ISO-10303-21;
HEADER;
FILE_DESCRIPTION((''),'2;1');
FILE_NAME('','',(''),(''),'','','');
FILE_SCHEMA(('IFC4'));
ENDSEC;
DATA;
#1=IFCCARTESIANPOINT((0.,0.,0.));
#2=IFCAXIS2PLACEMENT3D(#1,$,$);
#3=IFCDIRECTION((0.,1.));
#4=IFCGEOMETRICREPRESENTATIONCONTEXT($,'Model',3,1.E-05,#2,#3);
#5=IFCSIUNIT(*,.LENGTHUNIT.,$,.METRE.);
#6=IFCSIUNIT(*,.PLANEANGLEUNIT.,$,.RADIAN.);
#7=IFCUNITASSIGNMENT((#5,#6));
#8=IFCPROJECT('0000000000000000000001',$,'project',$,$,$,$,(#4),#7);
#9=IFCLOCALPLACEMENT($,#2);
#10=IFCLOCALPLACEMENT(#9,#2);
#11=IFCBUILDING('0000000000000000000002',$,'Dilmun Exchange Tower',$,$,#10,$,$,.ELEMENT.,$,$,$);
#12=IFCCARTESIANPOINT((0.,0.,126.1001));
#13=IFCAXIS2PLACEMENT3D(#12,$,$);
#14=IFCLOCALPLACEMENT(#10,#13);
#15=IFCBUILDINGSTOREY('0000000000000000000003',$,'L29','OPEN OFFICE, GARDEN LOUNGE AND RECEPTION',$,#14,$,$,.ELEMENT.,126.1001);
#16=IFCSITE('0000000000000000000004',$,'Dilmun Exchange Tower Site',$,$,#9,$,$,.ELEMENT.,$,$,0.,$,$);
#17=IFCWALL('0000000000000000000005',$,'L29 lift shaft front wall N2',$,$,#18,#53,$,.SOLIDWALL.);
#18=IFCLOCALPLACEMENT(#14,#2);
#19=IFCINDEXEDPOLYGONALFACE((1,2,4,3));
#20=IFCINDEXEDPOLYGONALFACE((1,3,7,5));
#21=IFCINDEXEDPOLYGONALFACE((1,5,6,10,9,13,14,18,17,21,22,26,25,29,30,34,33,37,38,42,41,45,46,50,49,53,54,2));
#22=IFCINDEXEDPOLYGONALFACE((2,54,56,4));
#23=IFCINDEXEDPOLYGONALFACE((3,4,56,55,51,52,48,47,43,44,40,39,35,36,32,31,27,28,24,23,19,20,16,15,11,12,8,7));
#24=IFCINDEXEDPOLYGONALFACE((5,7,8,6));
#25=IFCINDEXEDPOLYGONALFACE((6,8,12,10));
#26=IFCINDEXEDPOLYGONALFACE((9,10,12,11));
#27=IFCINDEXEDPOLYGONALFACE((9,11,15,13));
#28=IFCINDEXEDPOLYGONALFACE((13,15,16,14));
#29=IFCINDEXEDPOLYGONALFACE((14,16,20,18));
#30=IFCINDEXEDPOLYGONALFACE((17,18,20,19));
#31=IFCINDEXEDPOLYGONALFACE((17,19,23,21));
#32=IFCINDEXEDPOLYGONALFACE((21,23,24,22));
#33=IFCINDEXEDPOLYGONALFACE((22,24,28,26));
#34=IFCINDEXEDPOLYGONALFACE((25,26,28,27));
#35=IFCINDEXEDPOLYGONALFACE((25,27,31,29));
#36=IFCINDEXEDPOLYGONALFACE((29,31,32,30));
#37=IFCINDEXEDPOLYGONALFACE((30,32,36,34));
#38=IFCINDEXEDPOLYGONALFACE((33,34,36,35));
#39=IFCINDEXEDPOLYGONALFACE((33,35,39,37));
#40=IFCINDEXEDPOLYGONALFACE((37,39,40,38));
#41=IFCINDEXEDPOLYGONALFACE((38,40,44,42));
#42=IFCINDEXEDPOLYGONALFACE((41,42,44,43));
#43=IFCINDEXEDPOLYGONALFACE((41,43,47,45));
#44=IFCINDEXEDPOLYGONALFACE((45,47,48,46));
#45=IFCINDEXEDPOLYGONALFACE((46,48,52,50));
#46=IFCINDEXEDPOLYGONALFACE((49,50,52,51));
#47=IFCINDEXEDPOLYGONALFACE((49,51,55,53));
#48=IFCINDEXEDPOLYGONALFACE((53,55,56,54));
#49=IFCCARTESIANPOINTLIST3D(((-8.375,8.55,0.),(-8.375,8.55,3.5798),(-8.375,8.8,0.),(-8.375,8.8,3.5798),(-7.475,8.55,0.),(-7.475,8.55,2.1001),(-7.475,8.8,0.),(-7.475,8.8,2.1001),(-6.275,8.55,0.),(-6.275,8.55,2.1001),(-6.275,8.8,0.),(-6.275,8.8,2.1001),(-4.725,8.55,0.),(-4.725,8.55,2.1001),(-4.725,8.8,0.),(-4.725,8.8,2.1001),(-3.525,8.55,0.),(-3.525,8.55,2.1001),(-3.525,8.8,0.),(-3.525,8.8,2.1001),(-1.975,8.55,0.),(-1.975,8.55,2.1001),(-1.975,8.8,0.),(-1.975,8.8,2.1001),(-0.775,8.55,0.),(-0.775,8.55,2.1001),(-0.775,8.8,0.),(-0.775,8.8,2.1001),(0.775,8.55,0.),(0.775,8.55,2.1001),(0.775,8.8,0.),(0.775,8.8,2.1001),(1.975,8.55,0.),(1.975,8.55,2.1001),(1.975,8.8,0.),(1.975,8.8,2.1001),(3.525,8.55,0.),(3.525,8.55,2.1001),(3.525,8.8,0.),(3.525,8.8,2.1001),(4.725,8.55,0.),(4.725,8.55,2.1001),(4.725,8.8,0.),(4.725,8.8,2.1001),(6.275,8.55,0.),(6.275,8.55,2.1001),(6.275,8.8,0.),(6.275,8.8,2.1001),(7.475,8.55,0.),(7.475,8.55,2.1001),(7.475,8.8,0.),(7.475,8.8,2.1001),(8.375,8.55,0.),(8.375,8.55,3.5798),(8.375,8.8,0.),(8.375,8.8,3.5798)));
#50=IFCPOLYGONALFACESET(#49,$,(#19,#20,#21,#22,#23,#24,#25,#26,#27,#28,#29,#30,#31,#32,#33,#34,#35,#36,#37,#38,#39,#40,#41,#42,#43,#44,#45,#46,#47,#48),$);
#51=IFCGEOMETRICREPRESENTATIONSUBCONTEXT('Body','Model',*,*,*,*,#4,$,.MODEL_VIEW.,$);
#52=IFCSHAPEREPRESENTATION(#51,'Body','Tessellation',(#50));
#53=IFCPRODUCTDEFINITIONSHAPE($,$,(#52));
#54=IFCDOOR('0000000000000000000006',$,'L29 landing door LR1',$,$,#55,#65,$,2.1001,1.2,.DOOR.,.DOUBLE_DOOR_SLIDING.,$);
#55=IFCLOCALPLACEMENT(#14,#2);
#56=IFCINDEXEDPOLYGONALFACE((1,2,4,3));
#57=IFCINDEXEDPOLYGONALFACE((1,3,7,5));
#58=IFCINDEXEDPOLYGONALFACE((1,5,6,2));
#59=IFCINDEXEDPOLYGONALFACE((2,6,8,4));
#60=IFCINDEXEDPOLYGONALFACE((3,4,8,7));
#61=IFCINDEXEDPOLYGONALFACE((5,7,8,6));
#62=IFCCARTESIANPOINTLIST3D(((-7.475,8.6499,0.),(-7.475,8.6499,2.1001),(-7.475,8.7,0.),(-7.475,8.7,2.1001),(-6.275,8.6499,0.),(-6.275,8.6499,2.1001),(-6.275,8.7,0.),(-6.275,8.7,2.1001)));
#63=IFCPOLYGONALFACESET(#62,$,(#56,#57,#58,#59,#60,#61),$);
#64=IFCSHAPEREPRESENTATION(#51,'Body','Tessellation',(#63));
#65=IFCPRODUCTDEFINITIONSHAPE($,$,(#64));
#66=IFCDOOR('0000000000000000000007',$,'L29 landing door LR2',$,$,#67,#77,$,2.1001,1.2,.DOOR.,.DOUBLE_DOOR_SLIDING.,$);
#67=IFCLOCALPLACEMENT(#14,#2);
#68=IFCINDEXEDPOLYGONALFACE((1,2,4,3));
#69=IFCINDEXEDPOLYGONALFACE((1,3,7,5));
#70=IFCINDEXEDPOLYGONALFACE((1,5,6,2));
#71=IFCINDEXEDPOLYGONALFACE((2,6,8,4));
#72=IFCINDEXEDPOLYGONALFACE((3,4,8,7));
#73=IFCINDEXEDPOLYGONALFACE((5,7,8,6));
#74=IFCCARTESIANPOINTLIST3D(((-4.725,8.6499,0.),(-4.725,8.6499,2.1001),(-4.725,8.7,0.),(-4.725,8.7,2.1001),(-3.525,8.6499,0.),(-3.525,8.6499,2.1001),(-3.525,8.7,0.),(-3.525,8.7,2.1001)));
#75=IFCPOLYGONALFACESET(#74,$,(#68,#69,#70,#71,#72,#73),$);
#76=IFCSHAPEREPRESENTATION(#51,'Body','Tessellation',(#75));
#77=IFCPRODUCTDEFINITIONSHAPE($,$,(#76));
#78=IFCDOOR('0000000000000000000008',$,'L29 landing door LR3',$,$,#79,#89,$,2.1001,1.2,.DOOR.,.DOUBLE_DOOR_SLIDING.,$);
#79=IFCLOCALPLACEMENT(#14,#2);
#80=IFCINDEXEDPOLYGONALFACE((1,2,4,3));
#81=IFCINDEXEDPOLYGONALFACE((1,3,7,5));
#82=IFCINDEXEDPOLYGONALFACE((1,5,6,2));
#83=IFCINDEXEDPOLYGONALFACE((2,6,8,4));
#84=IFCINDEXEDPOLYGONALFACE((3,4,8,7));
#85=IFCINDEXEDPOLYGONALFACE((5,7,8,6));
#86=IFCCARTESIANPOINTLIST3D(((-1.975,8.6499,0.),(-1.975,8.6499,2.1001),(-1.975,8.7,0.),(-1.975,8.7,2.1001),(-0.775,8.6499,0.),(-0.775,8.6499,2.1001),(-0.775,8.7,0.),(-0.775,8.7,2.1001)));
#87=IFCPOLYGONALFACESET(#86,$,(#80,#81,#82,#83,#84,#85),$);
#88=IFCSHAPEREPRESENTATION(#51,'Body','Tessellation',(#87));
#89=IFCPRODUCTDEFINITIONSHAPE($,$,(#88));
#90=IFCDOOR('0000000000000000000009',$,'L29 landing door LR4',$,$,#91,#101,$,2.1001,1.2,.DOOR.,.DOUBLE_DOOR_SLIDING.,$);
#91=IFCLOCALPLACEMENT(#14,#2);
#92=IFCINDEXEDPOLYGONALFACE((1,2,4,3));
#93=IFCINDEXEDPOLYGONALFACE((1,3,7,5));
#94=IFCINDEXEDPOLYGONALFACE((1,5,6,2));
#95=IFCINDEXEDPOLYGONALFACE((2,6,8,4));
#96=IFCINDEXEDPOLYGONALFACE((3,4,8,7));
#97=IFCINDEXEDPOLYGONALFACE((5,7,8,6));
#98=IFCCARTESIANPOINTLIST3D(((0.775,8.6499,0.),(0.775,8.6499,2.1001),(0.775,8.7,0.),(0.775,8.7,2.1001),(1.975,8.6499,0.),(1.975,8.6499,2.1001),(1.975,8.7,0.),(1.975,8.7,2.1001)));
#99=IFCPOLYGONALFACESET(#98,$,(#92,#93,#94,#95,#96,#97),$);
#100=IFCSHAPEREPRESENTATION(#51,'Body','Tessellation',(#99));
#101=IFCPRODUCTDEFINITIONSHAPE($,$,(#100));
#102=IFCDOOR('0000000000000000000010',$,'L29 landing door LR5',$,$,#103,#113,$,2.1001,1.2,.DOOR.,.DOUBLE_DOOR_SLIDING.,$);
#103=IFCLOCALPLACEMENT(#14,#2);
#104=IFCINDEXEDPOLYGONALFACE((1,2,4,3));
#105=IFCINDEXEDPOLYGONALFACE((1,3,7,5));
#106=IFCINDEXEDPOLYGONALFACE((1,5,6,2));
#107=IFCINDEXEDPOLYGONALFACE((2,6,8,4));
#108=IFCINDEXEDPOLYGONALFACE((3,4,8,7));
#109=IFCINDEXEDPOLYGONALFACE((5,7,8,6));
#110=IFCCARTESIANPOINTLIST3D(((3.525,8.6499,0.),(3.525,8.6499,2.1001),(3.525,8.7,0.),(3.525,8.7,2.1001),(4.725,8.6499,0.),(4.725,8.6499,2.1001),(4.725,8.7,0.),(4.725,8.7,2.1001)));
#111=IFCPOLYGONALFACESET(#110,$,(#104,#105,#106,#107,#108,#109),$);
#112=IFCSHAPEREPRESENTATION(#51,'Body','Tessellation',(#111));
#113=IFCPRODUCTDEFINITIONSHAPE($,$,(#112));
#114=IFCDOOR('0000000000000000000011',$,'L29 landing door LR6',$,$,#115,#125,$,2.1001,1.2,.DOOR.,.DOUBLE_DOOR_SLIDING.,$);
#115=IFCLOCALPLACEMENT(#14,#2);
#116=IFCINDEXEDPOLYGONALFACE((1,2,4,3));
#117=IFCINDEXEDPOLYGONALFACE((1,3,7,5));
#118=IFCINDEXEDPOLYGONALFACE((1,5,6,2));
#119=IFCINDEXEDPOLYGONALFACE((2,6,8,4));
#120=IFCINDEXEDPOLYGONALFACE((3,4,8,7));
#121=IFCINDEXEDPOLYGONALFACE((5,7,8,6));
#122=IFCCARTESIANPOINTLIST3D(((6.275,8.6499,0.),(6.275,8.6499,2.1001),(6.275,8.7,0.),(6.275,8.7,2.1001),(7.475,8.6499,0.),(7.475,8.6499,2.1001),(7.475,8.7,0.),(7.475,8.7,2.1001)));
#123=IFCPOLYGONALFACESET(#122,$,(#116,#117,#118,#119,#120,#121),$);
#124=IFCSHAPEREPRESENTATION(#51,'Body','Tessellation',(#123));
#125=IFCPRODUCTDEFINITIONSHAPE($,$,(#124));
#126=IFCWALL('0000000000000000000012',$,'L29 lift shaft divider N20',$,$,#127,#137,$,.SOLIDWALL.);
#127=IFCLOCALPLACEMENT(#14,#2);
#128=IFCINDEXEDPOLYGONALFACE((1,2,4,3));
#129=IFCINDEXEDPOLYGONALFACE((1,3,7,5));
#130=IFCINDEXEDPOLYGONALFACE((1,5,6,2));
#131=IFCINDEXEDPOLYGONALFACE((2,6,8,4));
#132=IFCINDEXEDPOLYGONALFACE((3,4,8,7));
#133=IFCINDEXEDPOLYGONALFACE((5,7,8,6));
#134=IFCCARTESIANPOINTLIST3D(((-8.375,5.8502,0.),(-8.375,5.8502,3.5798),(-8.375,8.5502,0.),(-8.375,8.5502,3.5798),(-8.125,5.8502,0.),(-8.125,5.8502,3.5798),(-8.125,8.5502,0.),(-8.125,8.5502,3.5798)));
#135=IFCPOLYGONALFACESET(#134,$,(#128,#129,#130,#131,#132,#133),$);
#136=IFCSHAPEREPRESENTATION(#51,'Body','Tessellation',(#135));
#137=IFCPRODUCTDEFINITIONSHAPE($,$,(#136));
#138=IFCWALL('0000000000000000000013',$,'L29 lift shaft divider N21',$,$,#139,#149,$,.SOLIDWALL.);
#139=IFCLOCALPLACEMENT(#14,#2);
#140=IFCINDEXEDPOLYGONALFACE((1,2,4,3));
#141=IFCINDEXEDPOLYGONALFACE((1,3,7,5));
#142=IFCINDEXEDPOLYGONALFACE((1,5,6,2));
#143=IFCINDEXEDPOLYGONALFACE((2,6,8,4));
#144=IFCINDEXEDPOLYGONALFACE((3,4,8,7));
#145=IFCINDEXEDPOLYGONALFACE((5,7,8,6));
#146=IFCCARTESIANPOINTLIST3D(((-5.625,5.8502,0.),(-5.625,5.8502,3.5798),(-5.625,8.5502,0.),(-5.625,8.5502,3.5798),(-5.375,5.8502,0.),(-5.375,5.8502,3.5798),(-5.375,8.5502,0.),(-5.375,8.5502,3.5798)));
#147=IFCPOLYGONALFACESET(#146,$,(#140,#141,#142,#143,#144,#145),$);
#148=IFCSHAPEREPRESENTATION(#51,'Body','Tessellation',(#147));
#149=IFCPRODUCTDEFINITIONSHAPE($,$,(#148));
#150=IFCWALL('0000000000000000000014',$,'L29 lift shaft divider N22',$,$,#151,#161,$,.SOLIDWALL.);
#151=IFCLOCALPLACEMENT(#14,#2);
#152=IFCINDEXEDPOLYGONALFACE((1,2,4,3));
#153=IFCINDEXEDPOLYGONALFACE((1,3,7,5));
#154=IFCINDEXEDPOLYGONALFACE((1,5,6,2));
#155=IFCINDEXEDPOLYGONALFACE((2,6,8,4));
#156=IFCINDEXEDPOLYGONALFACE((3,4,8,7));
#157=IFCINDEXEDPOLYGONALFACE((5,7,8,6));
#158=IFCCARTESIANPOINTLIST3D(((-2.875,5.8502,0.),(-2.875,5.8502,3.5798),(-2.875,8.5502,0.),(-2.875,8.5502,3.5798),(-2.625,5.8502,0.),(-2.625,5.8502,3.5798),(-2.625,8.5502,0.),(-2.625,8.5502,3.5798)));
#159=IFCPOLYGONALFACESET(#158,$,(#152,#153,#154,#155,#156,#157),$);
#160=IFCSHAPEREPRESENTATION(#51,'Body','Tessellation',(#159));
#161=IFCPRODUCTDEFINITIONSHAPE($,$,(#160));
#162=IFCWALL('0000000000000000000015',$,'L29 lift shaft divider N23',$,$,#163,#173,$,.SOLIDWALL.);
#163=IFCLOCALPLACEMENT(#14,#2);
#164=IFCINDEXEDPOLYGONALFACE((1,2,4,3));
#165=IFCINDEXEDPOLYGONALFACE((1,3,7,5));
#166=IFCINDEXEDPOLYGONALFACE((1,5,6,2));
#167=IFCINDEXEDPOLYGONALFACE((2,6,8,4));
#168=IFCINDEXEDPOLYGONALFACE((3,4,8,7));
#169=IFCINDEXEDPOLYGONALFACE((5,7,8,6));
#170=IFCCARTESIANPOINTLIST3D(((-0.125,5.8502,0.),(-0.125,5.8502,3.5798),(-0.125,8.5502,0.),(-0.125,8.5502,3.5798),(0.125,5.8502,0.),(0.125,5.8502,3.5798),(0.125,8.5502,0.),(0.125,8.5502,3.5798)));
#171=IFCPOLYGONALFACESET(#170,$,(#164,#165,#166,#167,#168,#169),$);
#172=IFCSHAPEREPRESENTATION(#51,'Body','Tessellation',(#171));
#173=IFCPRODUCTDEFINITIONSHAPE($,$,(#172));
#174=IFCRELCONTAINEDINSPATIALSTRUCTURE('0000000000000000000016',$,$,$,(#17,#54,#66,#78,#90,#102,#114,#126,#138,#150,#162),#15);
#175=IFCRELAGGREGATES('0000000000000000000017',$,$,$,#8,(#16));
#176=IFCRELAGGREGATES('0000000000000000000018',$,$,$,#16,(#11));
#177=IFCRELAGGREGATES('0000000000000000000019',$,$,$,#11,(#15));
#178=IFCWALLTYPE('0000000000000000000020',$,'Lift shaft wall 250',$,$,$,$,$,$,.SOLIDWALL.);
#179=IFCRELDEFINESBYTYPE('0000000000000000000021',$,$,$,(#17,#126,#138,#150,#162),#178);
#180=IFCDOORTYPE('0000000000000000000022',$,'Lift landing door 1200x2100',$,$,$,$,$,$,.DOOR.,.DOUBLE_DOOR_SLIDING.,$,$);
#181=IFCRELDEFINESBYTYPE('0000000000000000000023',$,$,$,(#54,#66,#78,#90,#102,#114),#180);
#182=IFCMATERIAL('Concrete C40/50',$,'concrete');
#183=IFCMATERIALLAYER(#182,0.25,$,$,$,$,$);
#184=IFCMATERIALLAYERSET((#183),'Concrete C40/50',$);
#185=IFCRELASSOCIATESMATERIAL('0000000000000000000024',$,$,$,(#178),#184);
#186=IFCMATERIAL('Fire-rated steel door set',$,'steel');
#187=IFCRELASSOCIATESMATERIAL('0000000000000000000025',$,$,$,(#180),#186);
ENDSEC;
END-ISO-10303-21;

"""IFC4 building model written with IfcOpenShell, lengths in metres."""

from ifc_helpers import new_model, si_unit, direction, frame, frame_2d, origin, place, context, subcontext, project, spatial, rectangle, extrude, material, layer, layer_set, type_object, element, fill, save


model = new_model("IFC4")

# Units and contexts
model_context = context("Model", 3, precision=1e-05, world=origin(), true_north=direction((0.0, 1.0)))
body_context = subcontext(model_context, "Body", "Model", "MODEL_VIEW")
ifc_project = project(units=[si_unit("LENGTHUNIT", "METRE"), si_unit("PLANEANGLEUNIT", "RADIAN")], contexts=[model_context])

# Site, building, storey
site_placement = place(None, origin())
site = spatial("IfcSite", under=ifc_project, at=site_placement, Name="Dilmun Exchange Tower Site", CompositionType="ELEMENT", RefElevation=0.0)
building_placement = place(site_placement, origin())
building = spatial("IfcBuilding", under=site, at=building_placement, Name="Dilmun Exchange Tower", CompositionType="ELEMENT")
storey_placement = place(building_placement, frame((0.0, 0.0, 126.1001)))
storey = spatial("IfcBuildingStorey", under=building, at=storey_placement, Name="L29", Description="OPEN OFFICE, GARDEN LOUNGE AND RECEPTION", CompositionType="ELEMENT", Elevation=126.1001)

# Shared definitions
ifc_material_1 = material(Name="Concrete C40/50", Category="concrete")

# Shared definitions
ifc_material_2 = material(Name="Fire-rated steel door set", Category="steel")

# Wall, openings, doors
ifc_layer_1 = layer(ifc_material_1, 0.25)
ifc_layer_set_1 = layer_set([ifc_layer_1], Name="Concrete C40/50")
wall_type_1 = type_object("IfcWallType", Name="Lift shaft wall 250", PredefinedType="SOLIDWALL", material=ifc_layer_set_1)
wall_1_placement = place(storey_placement, frame((-8.375, 8.675, 0.0), z_axis=(0.0, 0.0, 1.0), x_axis=(1.0, 0.0, 0.0)))
wall_1 = element("IfcWall", 1, at=wall_1_placement, inside=storey, type_object=wall_type_1, Name="L29 lift shaft front wall N2", PredefinedType="SOLIDWALL", context=body_context, shape_type="SweptSolid", body=[
    extrude(rectangle(XDim=16.75, YDim=0.25, at=frame_2d((8.375, 0.0))), origin(), (0.0, 0.0, 1.0), 3.5798),
])
opening_1_placement = place(wall_1_placement, frame((0.8999, 0.0, 0.0)))
opening_1 = element("IfcOpeningElement", 2, at=opening_1_placement, cuts=wall_1, PredefinedType="OPENING", context=body_context, shape_type="SweptSolid", body=[
    extrude(rectangle(XDim=1.2, YDim=2.1001, at=frame_2d((0.6001, 1.05))), frame((0.0, 0.135, 0.0), z_axis=(0.0, -1.0, 0.0), x_axis=(1.0, 0.0, 0.0)), (0.0, 0.0, 1.0), 0.27),
])
opening_2_placement = place(wall_1_placement, frame((3.6499, 0.0, 0.0)))
opening_2 = element("IfcOpeningElement", 3, at=opening_2_placement, cuts=wall_1, PredefinedType="OPENING", context=body_context, shape_type="SweptSolid", body=[
    extrude(rectangle(XDim=1.2, YDim=2.1001, at=frame_2d((0.6001, 1.05))), frame((0.0, 0.135, 0.0), z_axis=(0.0, -1.0, 0.0), x_axis=(1.0, 0.0, 0.0)), (0.0, 0.0, 1.0), 0.27),
])
opening_3_placement = place(wall_1_placement, frame((6.3999, 0.0, 0.0)))
opening_3 = element("IfcOpeningElement", 4, at=opening_3_placement, cuts=wall_1, PredefinedType="OPENING", context=body_context, shape_type="SweptSolid", body=[
    extrude(rectangle(XDim=1.2, YDim=2.1001, at=frame_2d((0.6001, 1.05))), frame((0.0, 0.135, 0.0), z_axis=(0.0, -1.0, 0.0), x_axis=(1.0, 0.0, 0.0)), (0.0, 0.0, 1.0), 0.27),
])
opening_4_placement = place(wall_1_placement, frame((9.1499, 0.0, 0.0)))
opening_4 = element("IfcOpeningElement", 5, at=opening_4_placement, cuts=wall_1, PredefinedType="OPENING", context=body_context, shape_type="SweptSolid", body=[
    extrude(rectangle(XDim=1.2, YDim=2.1001, at=frame_2d((0.6001, 1.05))), frame((0.0, 0.135, 0.0), z_axis=(0.0, -1.0, 0.0), x_axis=(1.0, 0.0, 0.0)), (0.0, 0.0, 1.0), 0.27),
])
opening_5_placement = place(wall_1_placement, frame((11.8999, 0.0, 0.0)))
opening_5 = element("IfcOpeningElement", 6, at=opening_5_placement, cuts=wall_1, PredefinedType="OPENING", context=body_context, shape_type="SweptSolid", body=[
    extrude(rectangle(XDim=1.2, YDim=2.1001, at=frame_2d((0.6001, 1.05))), frame((0.0, 0.135, 0.0), z_axis=(0.0, -1.0, 0.0), x_axis=(1.0, 0.0, 0.0)), (0.0, 0.0, 1.0), 0.27),
])
opening_6_placement = place(wall_1_placement, frame((14.6499, 0.0, 0.0)))
opening_6 = element("IfcOpeningElement", 7, at=opening_6_placement, cuts=wall_1, PredefinedType="OPENING", context=body_context, shape_type="SweptSolid", body=[
    extrude(rectangle(XDim=1.2, YDim=2.1001, at=frame_2d((0.6001, 1.05))), frame((0.0, 0.135, 0.0), z_axis=(0.0, -1.0, 0.0), x_axis=(1.0, 0.0, 0.0)), (0.0, 0.0, 1.0), 0.27),
])
door_type_1 = type_object("IfcDoorType", Name="Lift landing door 1200x2100", OperationType="DOUBLE_DOOR_SLIDING", PredefinedType="DOOR", material=ifc_material_2)
door_1_placement = place(opening_1_placement, origin())
door_1 = element("IfcDoor", 8, at=door_1_placement, inside=storey, type_object=door_type_1, Name="L29 landing door LR1", OperationType="DOUBLE_DOOR_SLIDING", OverallHeight=2.1001, OverallWidth=1.2, PredefinedType="DOOR", context=body_context, shape_type="SweptSolid", body=[
    extrude(rectangle(XDim=1.2, YDim=2.1001, at=frame_2d((0.6001, 1.05))), frame((0.0, 0.0249, 0.0), z_axis=(0.0, -1.0, 0.0), x_axis=(1.0, 0.0, 0.0)), (0.0, 0.0, 1.0), 0.05),
])
fill(opening_1, door_1)
door_2_placement = place(opening_2_placement, origin())
door_2 = element("IfcDoor", 9, at=door_2_placement, inside=storey, type_object=door_type_1, Name="L29 landing door LR2", OperationType="DOUBLE_DOOR_SLIDING", OverallHeight=2.1001, OverallWidth=1.2, PredefinedType="DOOR", context=body_context, shape_type="SweptSolid", body=[
    extrude(rectangle(XDim=1.2, YDim=2.1001, at=frame_2d((0.6001, 1.05))), frame((0.0, 0.0249, 0.0), z_axis=(0.0, -1.0, 0.0), x_axis=(1.0, 0.0, 0.0)), (0.0, 0.0, 1.0), 0.05),
])
fill(opening_2, door_2)
door_3_placement = place(opening_3_placement, origin())
door_3 = element("IfcDoor", 10, at=door_3_placement, inside=storey, type_object=door_type_1, Name="L29 landing door LR3", OperationType="DOUBLE_DOOR_SLIDING", OverallHeight=2.1001, OverallWidth=1.2, PredefinedType="DOOR", context=body_context, shape_type="SweptSolid", body=[
    extrude(rectangle(XDim=1.2, YDim=2.1001, at=frame_2d((0.6001, 1.05))), frame((0.0, 0.0249, 0.0), z_axis=(0.0, -1.0, 0.0), x_axis=(1.0, 0.0, 0.0)), (0.0, 0.0, 1.0), 0.05),
])
fill(opening_3, door_3)
door_4_placement = place(opening_4_placement, origin())
door_4 = element("IfcDoor", 11, at=door_4_placement, inside=storey, type_object=door_type_1, Name="L29 landing door LR4", OperationType="DOUBLE_DOOR_SLIDING", OverallHeight=2.1001, OverallWidth=1.2, PredefinedType="DOOR", context=body_context, shape_type="SweptSolid", body=[
    extrude(rectangle(XDim=1.2, YDim=2.1001, at=frame_2d((0.6001, 1.05))), frame((0.0, 0.0249, 0.0), z_axis=(0.0, -1.0, 0.0), x_axis=(1.0, 0.0, 0.0)), (0.0, 0.0, 1.0), 0.05),
])
fill(opening_4, door_4)
door_5_placement = place(opening_5_placement, origin())
door_5 = element("IfcDoor", 12, at=door_5_placement, inside=storey, type_object=door_type_1, Name="L29 landing door LR5", OperationType="DOUBLE_DOOR_SLIDING", OverallHeight=2.1001, OverallWidth=1.2, PredefinedType="DOOR", context=body_context, shape_type="SweptSolid", body=[
    extrude(rectangle(XDim=1.2, YDim=2.1001, at=frame_2d((0.6001, 1.05))), frame((0.0, 0.0249, 0.0), z_axis=(0.0, -1.0, 0.0), x_axis=(1.0, 0.0, 0.0)), (0.0, 0.0, 1.0), 0.05),
])
fill(opening_5, door_5)
door_6_placement = place(opening_6_placement, origin())
door_6 = element("IfcDoor", 13, at=door_6_placement, inside=storey, type_object=door_type_1, Name="L29 landing door LR6", OperationType="DOUBLE_DOOR_SLIDING", OverallHeight=2.1001, OverallWidth=1.2, PredefinedType="DOOR", context=body_context, shape_type="SweptSolid", body=[
    extrude(rectangle(XDim=1.2, YDim=2.1001, at=frame_2d((0.6001, 1.05))), frame((0.0, 0.0249, 0.0), z_axis=(0.0, -1.0, 0.0), x_axis=(1.0, 0.0, 0.0)), (0.0, 0.0, 1.0), 0.05),
])
fill(opening_6, door_6)

# Walls
for number, where, z_axis, x_axis, name in (
    (14, (-8.25, 5.8501, 0.0), (0.0, 0.0, 1.0), (0.0, 1.0, 0.0), "L29 lift shaft divider N20"),
    (15, (-5.5, 5.8501, 0.0), (0.0, 0.0, 1.0), (0.0, 1.0, 0.0), "L29 lift shaft divider N21"),
    (16, (-2.75, 5.8501, 0.0), (0.0, 0.0, 1.0), (0.0, 1.0, 0.0), "L29 lift shaft divider N22"),
    (17, (0.0, 5.8501, 0.0), (0.0, 0.0, 1.0), (0.0, 1.0, 0.0), "L29 lift shaft divider N23"),
):
    element("IfcWall", number, at=place(storey_placement, frame(where, z_axis=z_axis, x_axis=x_axis)), inside=storey, type_object=wall_type_1, Name=name, PredefinedType="SOLIDWALL", context=body_context, shape_type="SweptSolid", body=[
        extrude(rectangle(XDim=2.7, YDim=0.25, at=frame_2d((1.3501, 0.0))), origin(), (0.0, 0.0, 1.0), 3.5798),
    ])

save(model, "model.ifc")
